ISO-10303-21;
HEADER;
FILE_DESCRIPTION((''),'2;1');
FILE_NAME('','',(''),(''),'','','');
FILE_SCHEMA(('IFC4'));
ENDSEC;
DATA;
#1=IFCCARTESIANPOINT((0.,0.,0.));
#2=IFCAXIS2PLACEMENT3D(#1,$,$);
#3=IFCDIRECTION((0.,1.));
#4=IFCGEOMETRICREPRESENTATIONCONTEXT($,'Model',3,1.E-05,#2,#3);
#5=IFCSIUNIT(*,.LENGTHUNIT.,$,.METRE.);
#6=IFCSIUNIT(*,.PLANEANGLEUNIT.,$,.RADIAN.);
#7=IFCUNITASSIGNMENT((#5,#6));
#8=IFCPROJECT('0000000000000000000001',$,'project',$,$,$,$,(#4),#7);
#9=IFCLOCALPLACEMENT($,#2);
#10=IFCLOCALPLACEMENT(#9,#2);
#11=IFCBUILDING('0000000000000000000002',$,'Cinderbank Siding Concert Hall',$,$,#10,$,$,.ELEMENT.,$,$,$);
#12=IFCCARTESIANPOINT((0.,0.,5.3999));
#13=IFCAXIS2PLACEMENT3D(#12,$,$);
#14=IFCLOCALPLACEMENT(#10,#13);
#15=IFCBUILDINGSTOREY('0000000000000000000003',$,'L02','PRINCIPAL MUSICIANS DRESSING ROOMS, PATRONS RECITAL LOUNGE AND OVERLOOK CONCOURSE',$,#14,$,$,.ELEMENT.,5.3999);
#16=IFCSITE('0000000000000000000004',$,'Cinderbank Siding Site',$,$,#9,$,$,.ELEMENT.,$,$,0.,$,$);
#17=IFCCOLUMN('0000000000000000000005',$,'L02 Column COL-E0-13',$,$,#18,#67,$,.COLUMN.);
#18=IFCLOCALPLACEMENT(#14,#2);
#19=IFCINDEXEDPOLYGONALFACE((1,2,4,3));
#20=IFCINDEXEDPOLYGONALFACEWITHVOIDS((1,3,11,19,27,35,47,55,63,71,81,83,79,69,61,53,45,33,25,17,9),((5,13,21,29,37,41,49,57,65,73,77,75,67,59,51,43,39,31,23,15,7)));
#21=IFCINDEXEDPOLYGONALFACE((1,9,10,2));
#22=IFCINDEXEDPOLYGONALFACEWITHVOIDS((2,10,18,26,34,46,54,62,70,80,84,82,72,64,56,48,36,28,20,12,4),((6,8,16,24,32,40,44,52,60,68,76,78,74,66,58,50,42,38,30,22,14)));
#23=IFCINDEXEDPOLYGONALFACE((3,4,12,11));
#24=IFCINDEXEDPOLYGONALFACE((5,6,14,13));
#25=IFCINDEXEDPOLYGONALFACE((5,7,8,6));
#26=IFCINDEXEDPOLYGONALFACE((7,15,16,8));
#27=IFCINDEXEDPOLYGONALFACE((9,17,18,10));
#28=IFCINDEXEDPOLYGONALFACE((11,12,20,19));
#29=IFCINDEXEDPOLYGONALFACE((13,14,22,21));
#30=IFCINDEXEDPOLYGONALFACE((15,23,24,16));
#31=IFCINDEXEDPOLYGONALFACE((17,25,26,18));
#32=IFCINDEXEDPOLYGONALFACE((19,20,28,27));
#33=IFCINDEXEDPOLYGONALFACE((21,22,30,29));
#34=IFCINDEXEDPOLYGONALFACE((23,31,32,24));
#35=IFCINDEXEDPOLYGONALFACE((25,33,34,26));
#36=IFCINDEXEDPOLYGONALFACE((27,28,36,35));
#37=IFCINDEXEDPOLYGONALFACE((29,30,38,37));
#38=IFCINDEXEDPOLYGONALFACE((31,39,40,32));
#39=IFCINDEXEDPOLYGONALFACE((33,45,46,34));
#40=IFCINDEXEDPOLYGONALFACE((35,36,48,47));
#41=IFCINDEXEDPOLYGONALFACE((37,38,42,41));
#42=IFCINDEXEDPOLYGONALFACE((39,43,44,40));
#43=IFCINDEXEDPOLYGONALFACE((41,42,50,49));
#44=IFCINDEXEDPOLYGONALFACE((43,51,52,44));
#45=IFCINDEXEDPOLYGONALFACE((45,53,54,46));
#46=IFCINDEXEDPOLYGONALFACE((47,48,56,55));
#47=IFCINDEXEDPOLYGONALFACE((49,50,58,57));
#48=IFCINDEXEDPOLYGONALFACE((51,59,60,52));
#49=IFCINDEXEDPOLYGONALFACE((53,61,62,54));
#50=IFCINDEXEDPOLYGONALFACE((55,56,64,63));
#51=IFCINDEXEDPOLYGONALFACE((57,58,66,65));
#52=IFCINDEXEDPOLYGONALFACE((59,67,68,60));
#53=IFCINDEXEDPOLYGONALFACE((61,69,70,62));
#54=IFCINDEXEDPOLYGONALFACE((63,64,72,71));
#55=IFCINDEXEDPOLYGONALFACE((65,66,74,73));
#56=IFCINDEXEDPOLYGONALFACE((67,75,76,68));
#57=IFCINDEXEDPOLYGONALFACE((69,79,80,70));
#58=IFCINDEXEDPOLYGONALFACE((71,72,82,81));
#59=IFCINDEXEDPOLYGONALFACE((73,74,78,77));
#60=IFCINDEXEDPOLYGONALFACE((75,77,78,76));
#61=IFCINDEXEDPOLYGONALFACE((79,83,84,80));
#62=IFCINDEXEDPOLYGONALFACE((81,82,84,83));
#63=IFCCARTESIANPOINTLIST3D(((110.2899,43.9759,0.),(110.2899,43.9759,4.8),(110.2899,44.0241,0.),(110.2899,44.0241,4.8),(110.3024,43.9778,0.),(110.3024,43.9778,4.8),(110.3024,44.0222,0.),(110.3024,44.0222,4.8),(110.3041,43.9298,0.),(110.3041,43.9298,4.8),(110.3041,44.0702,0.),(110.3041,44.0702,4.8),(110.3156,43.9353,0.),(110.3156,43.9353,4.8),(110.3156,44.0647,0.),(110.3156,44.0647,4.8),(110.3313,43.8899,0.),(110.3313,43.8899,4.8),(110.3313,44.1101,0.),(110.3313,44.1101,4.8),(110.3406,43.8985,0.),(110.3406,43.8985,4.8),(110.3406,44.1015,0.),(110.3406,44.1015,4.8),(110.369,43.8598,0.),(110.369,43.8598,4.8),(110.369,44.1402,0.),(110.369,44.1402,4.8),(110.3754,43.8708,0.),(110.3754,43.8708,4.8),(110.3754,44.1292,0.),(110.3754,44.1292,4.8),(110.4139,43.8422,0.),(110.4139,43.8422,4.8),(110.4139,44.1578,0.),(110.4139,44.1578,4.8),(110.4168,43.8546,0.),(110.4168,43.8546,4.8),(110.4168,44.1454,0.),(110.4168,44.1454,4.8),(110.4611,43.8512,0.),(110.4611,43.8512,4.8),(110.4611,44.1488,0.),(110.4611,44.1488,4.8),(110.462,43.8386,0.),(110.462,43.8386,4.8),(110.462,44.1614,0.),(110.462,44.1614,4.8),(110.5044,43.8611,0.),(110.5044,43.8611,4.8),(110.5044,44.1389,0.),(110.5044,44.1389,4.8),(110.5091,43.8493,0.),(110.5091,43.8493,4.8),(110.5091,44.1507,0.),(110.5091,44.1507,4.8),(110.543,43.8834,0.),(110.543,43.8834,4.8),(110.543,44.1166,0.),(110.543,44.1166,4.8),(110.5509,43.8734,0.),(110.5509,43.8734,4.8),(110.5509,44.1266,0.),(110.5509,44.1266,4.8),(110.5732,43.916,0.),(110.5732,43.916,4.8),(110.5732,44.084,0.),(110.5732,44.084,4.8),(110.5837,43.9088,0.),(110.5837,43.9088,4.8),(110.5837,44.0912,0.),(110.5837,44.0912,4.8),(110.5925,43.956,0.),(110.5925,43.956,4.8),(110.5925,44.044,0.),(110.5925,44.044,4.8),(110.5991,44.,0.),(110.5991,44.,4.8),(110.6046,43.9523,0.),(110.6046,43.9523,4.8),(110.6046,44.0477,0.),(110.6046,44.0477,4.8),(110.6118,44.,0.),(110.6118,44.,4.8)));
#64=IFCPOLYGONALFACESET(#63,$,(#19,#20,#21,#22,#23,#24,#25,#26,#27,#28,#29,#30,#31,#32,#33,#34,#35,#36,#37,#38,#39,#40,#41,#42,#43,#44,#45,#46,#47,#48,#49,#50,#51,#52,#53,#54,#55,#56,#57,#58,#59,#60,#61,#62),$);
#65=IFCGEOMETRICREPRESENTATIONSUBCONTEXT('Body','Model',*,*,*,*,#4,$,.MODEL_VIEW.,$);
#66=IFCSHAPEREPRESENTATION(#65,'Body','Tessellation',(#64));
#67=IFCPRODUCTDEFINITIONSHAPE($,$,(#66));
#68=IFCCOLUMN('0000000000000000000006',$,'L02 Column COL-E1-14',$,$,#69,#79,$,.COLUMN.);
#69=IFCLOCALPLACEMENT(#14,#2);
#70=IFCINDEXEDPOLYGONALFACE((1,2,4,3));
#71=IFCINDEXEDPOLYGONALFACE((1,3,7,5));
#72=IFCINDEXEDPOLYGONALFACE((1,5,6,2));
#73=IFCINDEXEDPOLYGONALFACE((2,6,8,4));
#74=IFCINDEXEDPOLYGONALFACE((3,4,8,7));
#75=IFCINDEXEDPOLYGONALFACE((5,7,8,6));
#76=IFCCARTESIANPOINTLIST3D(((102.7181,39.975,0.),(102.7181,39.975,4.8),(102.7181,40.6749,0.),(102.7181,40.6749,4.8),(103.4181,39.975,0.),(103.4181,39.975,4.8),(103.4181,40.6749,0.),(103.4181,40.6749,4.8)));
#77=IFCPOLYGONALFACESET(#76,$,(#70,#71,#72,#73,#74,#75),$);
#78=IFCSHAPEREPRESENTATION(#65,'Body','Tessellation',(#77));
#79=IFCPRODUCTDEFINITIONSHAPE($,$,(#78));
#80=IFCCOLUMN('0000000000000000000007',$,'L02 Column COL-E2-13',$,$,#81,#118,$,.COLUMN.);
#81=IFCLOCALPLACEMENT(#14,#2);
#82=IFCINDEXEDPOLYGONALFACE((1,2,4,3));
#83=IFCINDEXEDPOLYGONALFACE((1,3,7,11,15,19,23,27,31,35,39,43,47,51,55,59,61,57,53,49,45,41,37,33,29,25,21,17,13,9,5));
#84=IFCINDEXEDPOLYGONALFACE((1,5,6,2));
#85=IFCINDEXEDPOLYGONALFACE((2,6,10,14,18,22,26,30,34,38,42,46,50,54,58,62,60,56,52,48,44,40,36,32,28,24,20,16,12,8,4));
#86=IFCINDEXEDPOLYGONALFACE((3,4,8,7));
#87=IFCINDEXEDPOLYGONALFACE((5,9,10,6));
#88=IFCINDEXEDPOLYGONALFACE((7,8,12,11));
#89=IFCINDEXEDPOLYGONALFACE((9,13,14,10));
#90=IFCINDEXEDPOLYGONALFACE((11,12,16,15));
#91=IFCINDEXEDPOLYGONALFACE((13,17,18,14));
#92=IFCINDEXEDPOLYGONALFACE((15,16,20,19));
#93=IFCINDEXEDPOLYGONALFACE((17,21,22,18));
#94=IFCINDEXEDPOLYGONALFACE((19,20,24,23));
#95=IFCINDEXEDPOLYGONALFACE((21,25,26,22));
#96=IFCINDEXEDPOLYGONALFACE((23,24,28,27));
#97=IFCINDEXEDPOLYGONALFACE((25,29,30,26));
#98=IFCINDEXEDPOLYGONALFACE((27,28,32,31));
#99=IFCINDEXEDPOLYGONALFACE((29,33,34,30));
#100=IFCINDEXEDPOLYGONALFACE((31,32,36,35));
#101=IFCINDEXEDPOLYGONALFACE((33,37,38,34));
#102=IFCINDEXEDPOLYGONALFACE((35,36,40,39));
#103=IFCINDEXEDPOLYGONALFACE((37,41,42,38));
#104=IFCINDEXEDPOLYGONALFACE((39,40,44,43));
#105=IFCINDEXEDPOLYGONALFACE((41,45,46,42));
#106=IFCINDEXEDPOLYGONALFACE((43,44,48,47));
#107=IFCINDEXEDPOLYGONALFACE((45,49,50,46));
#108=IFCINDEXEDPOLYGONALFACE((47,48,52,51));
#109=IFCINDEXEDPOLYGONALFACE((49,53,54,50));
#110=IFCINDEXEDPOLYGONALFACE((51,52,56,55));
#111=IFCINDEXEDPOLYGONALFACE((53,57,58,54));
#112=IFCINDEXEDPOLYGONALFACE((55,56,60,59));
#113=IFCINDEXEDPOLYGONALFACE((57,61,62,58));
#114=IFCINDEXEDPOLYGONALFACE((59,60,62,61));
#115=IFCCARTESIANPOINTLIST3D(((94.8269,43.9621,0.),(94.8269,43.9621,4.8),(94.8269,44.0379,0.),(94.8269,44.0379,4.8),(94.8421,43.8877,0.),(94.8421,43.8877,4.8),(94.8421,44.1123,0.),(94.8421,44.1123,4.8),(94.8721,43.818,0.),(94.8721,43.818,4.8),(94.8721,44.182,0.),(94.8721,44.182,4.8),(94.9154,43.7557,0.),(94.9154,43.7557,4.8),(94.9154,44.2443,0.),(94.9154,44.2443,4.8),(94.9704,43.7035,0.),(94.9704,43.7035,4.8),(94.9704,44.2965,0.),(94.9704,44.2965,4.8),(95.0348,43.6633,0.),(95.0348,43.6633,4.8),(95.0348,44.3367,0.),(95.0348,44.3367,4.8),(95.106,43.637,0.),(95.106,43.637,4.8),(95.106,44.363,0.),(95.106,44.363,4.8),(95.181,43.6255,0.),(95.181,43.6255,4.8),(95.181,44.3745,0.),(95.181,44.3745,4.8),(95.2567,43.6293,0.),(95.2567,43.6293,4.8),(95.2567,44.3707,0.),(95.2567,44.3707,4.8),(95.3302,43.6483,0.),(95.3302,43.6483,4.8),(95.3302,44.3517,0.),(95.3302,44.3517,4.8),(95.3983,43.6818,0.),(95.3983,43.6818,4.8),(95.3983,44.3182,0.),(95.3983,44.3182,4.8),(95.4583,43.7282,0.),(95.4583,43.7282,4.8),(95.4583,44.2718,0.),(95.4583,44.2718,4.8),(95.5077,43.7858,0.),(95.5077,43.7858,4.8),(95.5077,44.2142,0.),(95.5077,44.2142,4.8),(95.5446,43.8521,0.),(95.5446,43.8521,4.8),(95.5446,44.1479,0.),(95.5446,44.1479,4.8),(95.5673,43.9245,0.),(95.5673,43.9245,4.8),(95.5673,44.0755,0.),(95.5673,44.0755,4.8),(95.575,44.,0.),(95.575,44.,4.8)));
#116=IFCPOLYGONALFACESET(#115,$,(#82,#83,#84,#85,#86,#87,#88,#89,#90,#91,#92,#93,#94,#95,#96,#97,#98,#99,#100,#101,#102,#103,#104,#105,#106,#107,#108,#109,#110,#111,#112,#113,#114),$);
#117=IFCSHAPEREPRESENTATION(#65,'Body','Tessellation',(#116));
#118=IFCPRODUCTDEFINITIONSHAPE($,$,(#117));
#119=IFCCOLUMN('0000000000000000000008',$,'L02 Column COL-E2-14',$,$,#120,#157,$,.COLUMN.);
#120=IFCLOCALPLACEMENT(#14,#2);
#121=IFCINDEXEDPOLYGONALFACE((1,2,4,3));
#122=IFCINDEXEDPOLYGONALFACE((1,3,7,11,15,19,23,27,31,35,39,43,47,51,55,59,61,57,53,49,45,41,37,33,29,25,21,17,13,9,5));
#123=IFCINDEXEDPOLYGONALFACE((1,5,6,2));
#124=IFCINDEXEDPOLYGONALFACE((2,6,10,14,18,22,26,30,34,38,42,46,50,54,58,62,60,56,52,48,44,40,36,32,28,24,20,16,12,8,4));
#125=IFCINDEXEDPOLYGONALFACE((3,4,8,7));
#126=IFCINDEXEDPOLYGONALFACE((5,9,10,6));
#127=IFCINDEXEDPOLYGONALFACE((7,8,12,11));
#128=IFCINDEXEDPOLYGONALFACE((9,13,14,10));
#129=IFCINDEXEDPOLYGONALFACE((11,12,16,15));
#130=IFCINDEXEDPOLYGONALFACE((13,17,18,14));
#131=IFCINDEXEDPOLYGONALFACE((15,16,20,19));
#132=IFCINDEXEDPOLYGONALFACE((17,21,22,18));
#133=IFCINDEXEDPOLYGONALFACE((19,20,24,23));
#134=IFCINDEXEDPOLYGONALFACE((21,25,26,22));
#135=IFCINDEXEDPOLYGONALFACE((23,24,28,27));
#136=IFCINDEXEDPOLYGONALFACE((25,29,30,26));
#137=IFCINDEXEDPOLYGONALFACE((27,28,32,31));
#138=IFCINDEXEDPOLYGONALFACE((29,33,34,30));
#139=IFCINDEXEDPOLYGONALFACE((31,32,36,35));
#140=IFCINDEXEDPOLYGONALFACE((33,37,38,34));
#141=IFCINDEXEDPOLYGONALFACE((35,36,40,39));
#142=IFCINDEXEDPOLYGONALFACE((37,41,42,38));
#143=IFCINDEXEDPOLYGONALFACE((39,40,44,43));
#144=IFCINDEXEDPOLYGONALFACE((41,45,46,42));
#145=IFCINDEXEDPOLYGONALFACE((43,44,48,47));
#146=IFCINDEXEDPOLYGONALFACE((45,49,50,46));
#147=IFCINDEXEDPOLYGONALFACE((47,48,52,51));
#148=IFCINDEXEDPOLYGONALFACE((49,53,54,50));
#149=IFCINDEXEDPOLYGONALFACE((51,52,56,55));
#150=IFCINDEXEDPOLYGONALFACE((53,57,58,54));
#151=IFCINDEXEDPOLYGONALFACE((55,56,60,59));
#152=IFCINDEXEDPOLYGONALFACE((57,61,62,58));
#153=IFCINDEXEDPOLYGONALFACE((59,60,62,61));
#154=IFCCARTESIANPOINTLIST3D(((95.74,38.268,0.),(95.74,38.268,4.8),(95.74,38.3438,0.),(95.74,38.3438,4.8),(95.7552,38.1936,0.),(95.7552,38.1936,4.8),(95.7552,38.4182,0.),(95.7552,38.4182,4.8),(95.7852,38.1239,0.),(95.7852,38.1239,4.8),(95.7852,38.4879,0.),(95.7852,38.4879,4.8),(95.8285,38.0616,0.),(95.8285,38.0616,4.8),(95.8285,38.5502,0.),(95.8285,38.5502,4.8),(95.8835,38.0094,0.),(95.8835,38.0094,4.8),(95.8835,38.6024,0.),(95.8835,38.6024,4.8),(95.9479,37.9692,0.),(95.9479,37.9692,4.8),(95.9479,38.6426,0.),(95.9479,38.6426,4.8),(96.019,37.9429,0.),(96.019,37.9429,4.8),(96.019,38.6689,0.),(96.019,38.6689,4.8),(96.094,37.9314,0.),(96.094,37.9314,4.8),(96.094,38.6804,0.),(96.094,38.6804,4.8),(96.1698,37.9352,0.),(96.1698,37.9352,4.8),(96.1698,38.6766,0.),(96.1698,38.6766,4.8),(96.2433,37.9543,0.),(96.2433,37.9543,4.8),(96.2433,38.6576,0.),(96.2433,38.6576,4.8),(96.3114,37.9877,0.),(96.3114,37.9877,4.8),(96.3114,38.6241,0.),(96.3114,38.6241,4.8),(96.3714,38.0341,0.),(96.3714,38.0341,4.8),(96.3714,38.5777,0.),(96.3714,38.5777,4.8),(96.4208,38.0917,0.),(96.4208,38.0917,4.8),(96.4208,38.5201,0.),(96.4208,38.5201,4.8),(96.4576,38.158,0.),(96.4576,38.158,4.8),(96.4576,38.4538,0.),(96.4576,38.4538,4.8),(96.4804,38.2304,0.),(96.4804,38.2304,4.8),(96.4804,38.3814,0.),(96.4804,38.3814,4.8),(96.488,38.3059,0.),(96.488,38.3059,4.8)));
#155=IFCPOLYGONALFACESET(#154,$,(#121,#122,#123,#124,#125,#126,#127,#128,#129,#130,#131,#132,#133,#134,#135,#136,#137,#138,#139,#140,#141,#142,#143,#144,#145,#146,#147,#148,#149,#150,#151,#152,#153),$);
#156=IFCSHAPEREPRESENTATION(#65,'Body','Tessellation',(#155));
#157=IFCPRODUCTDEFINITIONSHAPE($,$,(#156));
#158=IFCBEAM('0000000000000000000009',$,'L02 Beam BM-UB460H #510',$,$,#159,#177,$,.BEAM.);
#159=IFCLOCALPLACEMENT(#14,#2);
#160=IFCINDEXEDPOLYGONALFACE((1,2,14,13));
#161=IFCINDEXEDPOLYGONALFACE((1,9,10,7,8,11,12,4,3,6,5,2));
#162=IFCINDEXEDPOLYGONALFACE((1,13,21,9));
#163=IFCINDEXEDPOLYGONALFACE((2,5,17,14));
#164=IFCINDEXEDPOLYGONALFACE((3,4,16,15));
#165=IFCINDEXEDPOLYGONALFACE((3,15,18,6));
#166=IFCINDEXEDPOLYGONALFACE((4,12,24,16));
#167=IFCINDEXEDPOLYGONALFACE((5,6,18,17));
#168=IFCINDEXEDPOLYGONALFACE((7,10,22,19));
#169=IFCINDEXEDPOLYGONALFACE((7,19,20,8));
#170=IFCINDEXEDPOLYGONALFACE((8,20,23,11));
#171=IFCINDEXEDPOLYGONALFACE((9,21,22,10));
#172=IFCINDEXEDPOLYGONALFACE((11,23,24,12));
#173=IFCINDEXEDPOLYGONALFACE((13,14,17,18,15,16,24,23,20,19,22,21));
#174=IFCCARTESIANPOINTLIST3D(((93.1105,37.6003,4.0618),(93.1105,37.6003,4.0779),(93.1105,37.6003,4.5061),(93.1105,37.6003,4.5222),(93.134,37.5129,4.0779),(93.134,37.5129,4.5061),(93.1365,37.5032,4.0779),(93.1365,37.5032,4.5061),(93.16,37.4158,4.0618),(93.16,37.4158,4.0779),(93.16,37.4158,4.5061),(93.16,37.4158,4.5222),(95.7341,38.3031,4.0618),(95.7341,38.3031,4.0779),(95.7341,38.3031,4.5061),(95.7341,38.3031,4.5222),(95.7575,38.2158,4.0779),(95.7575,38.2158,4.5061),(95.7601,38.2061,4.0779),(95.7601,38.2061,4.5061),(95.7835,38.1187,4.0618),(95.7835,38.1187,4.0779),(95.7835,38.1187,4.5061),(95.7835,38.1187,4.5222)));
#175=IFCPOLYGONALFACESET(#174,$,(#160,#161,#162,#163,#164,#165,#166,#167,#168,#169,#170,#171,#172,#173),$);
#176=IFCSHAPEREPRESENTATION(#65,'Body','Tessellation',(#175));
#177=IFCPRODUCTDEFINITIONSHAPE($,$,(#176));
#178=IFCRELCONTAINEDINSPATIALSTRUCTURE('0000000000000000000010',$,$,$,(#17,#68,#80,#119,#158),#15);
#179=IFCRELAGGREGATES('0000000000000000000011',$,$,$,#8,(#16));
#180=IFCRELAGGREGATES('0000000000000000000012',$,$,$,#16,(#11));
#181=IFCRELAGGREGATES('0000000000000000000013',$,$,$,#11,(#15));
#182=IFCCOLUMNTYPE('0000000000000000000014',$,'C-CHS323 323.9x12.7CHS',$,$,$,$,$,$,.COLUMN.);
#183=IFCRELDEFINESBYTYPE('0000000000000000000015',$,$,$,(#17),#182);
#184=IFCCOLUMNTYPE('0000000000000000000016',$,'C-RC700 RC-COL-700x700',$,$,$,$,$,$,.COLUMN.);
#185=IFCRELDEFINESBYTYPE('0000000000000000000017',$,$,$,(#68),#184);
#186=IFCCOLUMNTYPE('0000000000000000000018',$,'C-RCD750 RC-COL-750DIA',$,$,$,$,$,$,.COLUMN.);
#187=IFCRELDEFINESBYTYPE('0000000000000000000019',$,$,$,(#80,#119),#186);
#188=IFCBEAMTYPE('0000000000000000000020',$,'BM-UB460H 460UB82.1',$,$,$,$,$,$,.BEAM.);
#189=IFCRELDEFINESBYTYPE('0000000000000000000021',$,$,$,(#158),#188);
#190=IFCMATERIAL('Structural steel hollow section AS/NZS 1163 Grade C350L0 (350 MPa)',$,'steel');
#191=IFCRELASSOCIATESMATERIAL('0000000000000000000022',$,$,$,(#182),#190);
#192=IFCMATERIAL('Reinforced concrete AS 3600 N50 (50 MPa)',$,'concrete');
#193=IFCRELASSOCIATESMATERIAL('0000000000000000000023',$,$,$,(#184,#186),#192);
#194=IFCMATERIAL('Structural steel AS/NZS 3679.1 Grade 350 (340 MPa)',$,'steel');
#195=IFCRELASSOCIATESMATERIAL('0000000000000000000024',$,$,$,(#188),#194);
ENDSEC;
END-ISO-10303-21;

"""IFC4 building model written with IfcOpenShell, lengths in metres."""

from ifc_helpers import new_model, si_unit, direction, frame, origin, origin_2d, place, context, subcontext, project, spatial, rectangle, circle, hollow_circle, i_section, extrude, material, material_profile, profile_set, type_object, element, save


model = new_model("IFC4")

# Units and contexts
model_context = context("Model", 3, precision=1e-05, world=origin(), true_north=direction((0.0, 1.0)))
body_context = subcontext(model_context, "Body", "Model", "MODEL_VIEW")
ifc_project = project(units=[si_unit("LENGTHUNIT", "METRE"), si_unit("PLANEANGLEUNIT", "RADIAN")], contexts=[model_context])

# Site, building, storey
site_placement = place(None, origin())
site = spatial("IfcSite", under=ifc_project, at=site_placement, Name="Cinderbank Siding Site", CompositionType="ELEMENT", RefElevation=0.0)
building_placement = place(site_placement, origin())
building = spatial("IfcBuilding", under=site, at=building_placement, Name="Cinderbank Siding Concert Hall", CompositionType="ELEMENT")
storey_placement = place(building_placement, frame((0.0, 0.0, 5.3999)))
storey = spatial("IfcBuildingStorey", under=building, at=storey_placement, Name="L02", Description="PRINCIPAL MUSICIANS DRESSING ROOMS, PATRONS RECITAL LOUNGE AND OVERLOOK CONCOURSE", CompositionType="ELEMENT", Elevation=5.3999)

# Columns
ifc_material_1 = material(Name="Structural steel hollow section AS/NZS 1163 Grade C350L0 (350 MPa)", Category="steel")
ifc_material_profile_1 = material_profile(ifc_material_1, hollow_circle(Radius=0.1619, WallThickness=0.0127, at=origin_2d()), Name="323.9x12.7CHS", Category="LoadBearing")
ifc_profile_set_1 = profile_set([ifc_material_profile_1], Name="Structural steel hollow section AS/NZS 1163 Grade C350L0 (350 MPa)")
column_type_1 = type_object("IfcColumnType", Name="C-CHS323 323.9x12.7CHS", PredefinedType="COLUMN", material=ifc_profile_set_1)
column_1_placement = place(storey_placement, frame((110.45, 44.0, 0.0), z_axis=(0.0, 0.0, 1.0), x_axis=(1.0, 0.0, 0.0)))
element("IfcColumn", 1, at=column_1_placement, inside=storey, type_object=column_type_1, Name="L02 Column COL-E0-13", PredefinedType="COLUMN", context=body_context, shape_type="SweptSolid", body=[
    extrude(hollow_circle(Radius=0.1619, WallThickness=0.0127, at=origin_2d()), origin(), (0.0, 0.0, 1.0), 4.8),
])
ifc_material_2 = material(Name="Reinforced concrete AS 3600 N50 (50 MPa)", Category="concrete")
ifc_material_profile_2 = material_profile(ifc_material_2, rectangle(XDim=0.7, YDim=0.7, at=origin_2d()), Name="RC-COL-700x700", Category="LoadBearing")
ifc_profile_set_2 = profile_set([ifc_material_profile_2], Name="Reinforced concrete AS 3600 N50 (50 MPa)")
column_type_2 = type_object("IfcColumnType", Name="C-RC700 RC-COL-700x700", PredefinedType="COLUMN", material=ifc_profile_set_2)
column_2_placement = place(storey_placement, frame((103.0681, 40.325, 0.0), z_axis=(0.0, 0.0, 1.0), x_axis=(1.0, 0.0, 0.0)))
element("IfcColumn", 2, at=column_2_placement, inside=storey, type_object=column_type_2, Name="L02 Column COL-E1-14", PredefinedType="COLUMN", context=body_context, shape_type="SweptSolid", body=[
    extrude(rectangle(XDim=0.7, YDim=0.7, at=origin_2d()), origin(), (0.0, 0.0, 1.0), 4.8),
])
ifc_material_profile_3 = material_profile(ifc_material_2, circle(Radius=0.375, at=origin_2d()), Name="RC-COL-750DIA", Category="LoadBearing")
ifc_profile_set_3 = profile_set([ifc_material_profile_3], Name="Reinforced concrete AS 3600 N50 (50 MPa)")
column_type_3 = type_object("IfcColumnType", Name="C-RCD750 RC-COL-750DIA", PredefinedType="COLUMN", material=ifc_profile_set_3)
for number, where, z_axis, x_axis, name in (
    (3, (95.2, 44.0, 0.0), (0.0, 0.0, 1.0), (1.0, 0.0, 0.0), "L02 Column COL-E2-13"),
    (4, (96.113, 38.3059, 0.0), (0.0, 0.0, 1.0), (1.0, 0.0, 0.0), "L02 Column COL-E2-14"),
):
    element("IfcColumn", number, at=place(storey_placement, frame(where, z_axis=z_axis, x_axis=x_axis)), inside=storey, type_object=column_type_3, Name=name, PredefinedType="COLUMN", context=body_context, shape_type="SweptSolid", body=[
        extrude(circle(Radius=0.375, at=origin_2d()), origin(), (0.0, 0.0, 1.0), 4.8),
    ])

# Beam
ifc_material_3 = material(Name="Structural steel AS/NZS 3679.1 Grade 350 (340 MPa)", Category="steel")
ifc_material_profile_4 = material_profile(ifc_material_3, i_section(OverallWidth=0.1909, OverallDepth=0.4604, WebThickness=0.01, FlangeThickness=0.0161, at=origin_2d()), Name="460UB82.1", Category="LoadBearing")
ifc_profile_set_4 = profile_set([ifc_material_profile_4], Name="Structural steel AS/NZS 3679.1 Grade 350 (340 MPa)")
beam_type_1 = type_object("IfcBeamType", Name="BM-UB460H 460UB82.1", PredefinedType="BEAM", material=ifc_profile_set_4)
beam_1_placement = place(storey_placement, frame((95.7588, 38.2109, 4.292), z_axis=(-0.965934, -0.258787, 0.0), x_axis=(0.258787, -0.965934, 0.0)))
element("IfcBeam", 5, at=beam_1_placement, inside=storey, type_object=beam_type_1, Name="L02 Beam BM-UB460H #510", PredefinedType="BEAM", context=body_context, shape_type="SweptSolid", body=[
    extrude(i_section(OverallWidth=0.1909, OverallDepth=0.4604, WebThickness=0.01, FlangeThickness=0.0161, at=origin_2d()), origin(), (0.0, 0.0, 1.0), 2.7161),
])

save(model, "model.ifc")
